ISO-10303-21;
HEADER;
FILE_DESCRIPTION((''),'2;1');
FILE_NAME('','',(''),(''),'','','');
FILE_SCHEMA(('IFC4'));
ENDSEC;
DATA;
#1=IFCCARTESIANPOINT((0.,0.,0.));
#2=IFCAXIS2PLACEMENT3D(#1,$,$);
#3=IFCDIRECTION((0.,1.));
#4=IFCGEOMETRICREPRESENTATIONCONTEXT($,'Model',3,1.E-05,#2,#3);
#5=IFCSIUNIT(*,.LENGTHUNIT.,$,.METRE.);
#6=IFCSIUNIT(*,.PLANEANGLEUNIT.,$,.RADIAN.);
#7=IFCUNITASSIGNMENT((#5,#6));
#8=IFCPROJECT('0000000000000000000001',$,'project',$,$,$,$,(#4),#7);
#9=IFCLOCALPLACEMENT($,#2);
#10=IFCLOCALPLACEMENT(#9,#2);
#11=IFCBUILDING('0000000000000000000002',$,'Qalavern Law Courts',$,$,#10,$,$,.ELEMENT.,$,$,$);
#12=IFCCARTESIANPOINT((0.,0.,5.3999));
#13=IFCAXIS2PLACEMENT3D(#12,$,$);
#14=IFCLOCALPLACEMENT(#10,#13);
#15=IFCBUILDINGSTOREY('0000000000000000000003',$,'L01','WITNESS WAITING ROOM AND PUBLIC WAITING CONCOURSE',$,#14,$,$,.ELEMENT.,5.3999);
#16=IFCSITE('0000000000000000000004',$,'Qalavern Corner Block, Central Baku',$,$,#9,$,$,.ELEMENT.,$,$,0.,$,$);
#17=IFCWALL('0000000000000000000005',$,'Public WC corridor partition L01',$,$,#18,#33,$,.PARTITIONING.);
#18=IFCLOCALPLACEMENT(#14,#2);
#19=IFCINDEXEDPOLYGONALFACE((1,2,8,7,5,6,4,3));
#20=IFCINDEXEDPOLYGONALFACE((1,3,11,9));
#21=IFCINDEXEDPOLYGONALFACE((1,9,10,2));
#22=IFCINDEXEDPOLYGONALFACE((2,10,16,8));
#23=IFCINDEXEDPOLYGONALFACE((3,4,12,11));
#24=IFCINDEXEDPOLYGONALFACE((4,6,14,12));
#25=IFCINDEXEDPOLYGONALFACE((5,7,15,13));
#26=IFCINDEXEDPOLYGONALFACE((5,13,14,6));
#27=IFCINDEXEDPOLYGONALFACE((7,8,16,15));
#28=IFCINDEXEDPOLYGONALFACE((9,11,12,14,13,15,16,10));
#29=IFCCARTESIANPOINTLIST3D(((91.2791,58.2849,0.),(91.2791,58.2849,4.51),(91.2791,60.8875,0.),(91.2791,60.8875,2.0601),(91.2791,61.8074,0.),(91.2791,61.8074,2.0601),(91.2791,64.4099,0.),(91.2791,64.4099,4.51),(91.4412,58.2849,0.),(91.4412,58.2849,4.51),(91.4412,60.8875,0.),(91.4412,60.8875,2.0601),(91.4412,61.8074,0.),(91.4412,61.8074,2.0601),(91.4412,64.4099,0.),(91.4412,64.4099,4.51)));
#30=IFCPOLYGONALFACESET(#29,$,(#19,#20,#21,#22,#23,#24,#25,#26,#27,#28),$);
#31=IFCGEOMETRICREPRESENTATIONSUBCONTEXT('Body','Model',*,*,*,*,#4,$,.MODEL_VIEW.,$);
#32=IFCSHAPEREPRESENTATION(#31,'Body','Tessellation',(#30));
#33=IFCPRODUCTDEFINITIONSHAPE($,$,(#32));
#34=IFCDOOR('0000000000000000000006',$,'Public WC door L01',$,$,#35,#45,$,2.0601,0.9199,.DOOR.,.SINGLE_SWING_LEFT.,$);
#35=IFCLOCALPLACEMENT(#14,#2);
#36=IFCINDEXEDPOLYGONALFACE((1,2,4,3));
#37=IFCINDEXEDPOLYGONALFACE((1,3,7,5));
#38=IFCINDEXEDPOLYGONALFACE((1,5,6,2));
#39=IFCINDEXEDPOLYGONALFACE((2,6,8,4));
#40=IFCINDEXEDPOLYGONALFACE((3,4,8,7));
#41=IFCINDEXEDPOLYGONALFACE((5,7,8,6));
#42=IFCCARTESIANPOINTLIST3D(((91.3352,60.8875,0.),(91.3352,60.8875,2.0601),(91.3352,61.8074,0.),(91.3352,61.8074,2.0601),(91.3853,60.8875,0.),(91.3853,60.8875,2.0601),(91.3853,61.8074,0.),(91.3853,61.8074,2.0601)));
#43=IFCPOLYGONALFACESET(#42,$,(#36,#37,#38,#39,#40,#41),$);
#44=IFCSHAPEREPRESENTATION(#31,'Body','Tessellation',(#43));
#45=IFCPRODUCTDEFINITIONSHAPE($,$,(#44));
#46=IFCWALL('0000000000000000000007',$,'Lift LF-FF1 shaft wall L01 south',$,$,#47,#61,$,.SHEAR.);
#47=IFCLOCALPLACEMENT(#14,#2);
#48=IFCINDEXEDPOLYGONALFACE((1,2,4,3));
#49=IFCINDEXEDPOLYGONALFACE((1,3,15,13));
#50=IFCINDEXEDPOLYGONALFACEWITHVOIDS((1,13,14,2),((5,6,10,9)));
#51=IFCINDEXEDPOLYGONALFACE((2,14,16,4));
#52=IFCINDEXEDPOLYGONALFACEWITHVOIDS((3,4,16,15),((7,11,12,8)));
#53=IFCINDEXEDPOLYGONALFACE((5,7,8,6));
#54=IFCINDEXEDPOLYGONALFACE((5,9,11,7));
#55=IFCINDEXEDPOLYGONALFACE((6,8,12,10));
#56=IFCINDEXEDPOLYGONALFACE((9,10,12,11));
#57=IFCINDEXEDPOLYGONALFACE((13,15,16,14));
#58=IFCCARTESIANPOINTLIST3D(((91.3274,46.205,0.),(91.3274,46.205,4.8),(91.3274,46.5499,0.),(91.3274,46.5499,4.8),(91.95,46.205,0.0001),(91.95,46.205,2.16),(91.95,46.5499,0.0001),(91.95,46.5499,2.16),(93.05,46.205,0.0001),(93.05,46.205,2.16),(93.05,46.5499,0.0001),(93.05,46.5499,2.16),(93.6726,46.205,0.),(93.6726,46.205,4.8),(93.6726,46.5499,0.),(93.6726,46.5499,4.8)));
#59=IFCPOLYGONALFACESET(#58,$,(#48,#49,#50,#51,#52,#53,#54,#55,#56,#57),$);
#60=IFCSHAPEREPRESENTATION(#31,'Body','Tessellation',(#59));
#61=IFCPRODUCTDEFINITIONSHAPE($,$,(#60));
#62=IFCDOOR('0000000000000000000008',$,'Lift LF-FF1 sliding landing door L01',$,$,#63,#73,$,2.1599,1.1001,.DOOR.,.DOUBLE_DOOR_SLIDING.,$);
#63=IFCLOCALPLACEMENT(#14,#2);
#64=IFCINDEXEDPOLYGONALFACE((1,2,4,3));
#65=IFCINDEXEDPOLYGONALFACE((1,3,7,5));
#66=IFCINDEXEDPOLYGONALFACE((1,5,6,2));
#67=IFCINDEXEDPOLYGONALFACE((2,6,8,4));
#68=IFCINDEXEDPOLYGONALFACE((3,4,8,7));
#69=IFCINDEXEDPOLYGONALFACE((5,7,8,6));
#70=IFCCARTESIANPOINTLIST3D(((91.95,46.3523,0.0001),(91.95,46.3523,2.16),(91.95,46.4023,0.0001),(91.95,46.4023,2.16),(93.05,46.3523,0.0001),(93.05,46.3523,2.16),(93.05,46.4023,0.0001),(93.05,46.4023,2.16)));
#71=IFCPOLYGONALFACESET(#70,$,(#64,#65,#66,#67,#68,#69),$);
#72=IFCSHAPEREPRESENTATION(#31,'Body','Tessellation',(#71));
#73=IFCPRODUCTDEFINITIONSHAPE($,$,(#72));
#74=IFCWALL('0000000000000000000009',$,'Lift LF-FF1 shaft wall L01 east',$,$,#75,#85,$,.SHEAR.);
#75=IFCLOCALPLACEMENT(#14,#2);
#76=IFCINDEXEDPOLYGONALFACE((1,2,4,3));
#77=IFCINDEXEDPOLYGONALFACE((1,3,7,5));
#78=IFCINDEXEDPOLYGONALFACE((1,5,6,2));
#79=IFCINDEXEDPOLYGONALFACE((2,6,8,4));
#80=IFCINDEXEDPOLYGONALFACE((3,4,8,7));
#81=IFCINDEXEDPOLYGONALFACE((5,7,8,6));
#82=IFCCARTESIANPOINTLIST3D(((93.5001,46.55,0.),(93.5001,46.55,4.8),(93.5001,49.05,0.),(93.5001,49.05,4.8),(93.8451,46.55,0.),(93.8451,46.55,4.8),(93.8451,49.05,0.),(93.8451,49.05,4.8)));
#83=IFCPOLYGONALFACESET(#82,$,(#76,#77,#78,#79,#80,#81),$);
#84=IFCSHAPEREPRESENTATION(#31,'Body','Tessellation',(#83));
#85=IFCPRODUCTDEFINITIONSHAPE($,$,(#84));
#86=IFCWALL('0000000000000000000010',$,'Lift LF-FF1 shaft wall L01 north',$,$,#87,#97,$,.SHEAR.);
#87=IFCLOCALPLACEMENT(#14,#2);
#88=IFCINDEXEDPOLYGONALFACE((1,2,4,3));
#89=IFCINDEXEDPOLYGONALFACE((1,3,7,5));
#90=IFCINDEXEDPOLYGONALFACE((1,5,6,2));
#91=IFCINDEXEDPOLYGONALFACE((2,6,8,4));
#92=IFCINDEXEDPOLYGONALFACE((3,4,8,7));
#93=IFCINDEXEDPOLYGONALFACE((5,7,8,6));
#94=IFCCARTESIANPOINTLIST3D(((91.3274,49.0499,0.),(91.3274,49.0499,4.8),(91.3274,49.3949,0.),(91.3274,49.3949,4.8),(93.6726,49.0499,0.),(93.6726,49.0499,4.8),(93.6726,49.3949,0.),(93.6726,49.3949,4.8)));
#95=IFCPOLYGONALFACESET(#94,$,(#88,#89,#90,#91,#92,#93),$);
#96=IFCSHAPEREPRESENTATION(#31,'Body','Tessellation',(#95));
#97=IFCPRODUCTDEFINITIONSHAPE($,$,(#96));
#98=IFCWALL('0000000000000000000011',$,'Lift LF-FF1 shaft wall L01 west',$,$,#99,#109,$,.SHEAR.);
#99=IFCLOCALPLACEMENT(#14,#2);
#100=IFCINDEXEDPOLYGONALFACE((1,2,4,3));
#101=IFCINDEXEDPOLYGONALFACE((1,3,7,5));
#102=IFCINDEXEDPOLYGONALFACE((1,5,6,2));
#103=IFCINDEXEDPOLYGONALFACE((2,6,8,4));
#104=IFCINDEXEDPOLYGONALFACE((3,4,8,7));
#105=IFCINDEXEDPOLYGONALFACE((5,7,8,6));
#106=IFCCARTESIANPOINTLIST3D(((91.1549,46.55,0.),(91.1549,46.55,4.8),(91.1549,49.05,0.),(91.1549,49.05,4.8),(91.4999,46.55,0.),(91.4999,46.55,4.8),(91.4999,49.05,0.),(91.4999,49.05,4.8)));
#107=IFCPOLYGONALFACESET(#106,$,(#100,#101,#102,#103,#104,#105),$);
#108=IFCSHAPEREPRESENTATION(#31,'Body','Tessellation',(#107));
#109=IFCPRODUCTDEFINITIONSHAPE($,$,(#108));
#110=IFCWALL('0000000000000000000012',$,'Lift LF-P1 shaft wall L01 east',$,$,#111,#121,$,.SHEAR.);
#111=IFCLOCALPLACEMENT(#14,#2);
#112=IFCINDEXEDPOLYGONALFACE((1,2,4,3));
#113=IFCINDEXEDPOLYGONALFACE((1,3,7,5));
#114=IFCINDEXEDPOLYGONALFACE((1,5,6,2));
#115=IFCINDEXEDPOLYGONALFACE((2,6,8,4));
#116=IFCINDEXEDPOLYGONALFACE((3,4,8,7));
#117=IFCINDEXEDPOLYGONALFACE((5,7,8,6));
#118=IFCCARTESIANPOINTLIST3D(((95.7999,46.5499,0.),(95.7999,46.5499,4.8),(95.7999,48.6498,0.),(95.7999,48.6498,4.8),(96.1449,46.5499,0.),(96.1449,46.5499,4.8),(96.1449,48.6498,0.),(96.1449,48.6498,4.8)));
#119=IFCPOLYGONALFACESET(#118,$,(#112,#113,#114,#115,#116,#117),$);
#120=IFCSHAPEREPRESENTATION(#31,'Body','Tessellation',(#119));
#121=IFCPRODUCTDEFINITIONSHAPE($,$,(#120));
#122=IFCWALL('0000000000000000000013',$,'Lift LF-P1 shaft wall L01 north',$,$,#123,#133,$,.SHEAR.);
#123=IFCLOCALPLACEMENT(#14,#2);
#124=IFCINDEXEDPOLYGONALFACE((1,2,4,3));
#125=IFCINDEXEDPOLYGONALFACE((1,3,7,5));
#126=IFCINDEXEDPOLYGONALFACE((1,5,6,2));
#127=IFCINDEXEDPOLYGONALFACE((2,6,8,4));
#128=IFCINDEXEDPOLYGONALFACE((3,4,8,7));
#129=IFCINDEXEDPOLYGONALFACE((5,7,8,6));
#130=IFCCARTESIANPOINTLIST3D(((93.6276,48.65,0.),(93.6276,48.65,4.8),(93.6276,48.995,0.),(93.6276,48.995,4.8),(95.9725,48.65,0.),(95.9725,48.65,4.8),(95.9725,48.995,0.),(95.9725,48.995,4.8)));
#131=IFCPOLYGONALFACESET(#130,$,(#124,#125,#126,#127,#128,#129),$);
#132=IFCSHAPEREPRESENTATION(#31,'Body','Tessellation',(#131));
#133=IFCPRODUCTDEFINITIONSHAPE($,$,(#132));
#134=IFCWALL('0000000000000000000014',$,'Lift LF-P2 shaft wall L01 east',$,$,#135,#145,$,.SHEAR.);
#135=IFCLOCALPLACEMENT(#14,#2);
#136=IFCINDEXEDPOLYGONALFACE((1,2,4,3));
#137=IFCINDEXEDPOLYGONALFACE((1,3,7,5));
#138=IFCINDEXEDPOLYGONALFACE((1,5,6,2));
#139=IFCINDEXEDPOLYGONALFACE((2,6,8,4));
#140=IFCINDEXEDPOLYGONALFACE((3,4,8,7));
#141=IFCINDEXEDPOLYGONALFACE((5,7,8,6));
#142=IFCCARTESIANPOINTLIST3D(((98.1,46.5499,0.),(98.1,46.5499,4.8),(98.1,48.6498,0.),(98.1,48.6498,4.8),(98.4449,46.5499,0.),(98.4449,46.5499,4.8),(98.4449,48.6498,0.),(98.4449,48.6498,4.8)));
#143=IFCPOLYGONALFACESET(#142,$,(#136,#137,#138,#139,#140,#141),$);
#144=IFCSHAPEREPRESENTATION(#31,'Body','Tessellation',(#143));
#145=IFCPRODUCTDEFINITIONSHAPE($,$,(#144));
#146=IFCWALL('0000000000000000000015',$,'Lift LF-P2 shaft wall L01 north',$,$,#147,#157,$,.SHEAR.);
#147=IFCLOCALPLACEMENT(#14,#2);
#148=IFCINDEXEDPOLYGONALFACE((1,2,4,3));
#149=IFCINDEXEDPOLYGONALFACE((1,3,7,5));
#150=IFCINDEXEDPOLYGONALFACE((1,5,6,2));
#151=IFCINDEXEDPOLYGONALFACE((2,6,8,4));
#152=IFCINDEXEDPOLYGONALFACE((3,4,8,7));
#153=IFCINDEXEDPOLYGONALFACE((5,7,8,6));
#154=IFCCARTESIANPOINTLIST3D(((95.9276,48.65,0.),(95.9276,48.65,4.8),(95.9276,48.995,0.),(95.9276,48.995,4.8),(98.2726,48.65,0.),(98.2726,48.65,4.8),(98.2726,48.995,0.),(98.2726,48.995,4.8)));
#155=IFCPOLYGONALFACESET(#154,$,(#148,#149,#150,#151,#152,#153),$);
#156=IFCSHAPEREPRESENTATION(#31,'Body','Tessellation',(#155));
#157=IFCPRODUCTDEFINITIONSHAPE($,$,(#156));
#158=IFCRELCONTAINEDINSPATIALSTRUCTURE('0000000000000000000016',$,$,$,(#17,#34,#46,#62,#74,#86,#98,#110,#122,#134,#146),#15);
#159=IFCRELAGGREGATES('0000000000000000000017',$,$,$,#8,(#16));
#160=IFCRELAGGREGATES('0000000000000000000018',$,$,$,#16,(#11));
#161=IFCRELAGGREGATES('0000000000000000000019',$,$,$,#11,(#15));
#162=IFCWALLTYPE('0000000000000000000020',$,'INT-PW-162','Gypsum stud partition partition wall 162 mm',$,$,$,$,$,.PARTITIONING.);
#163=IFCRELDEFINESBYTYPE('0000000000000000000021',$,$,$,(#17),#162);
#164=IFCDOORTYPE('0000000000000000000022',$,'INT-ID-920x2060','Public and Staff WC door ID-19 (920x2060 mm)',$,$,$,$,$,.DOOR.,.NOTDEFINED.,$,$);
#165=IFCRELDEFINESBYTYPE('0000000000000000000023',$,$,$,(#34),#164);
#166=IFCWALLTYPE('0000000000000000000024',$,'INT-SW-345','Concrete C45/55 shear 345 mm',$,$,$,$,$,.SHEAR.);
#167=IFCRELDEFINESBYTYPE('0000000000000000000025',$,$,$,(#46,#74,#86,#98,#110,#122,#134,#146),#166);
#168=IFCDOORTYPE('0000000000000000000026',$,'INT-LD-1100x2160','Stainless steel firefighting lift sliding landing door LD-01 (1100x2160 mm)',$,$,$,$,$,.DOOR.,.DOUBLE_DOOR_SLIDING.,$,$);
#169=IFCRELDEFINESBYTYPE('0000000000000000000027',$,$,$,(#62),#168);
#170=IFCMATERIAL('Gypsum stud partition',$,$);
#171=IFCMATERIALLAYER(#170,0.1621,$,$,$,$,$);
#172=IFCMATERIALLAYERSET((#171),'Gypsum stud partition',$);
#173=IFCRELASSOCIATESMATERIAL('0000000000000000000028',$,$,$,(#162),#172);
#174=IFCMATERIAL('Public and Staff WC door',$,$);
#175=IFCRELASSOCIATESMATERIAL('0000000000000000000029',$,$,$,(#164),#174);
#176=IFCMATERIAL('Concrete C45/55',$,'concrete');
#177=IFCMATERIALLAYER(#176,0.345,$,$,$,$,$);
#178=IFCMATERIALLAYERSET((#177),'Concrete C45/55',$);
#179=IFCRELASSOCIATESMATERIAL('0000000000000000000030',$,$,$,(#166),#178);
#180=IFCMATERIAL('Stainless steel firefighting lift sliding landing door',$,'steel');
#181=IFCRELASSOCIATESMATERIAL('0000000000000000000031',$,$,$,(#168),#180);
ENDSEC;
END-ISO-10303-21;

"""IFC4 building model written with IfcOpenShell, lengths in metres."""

from ifc_helpers import new_model, si_unit, direction, frame, frame_2d, origin, place, context, subcontext, project, spatial, rectangle, extrude, material, layer, layer_set, type_object, element, fill, save


model = new_model("IFC4")

# Units and contexts
model_context = context("Model", 3, precision=1e-05, world=origin(), true_north=direction((0.0, 1.0)))
body_context = subcontext(model_context, "Body", "Model", "MODEL_VIEW")
ifc_project = project(units=[si_unit("LENGTHUNIT", "METRE"), si_unit("PLANEANGLEUNIT", "RADIAN")], contexts=[model_context])

# Site, building, storey
site_placement = place(None, origin())
site = spatial("IfcSite", under=ifc_project, at=site_placement, Name="Qalavern Corner Block, Central Baku", CompositionType="ELEMENT", RefElevation=0.0)
building_placement = place(site_placement, origin())
building = spatial("IfcBuilding", under=site, at=building_placement, Name="Qalavern Law Courts", CompositionType="ELEMENT")
storey_placement = place(building_placement, frame((0.0, 0.0, 5.3999)))
storey = spatial("IfcBuildingStorey", under=building, at=storey_placement, Name="L01", Description="WITNESS WAITING ROOM AND PUBLIC WAITING CONCOURSE", CompositionType="ELEMENT", Elevation=5.3999)

# Shared definitions
ifc_material_1 = material(Name="Concrete C45/55", Category="concrete")

# Walls, openings, doors
ifc_material_2 = material(Name="Gypsum stud partition")
ifc_layer_1 = layer(ifc_material_2, 0.1621)
ifc_layer_set_1 = layer_set([ifc_layer_1], Name="Gypsum stud partition")
wall_type_1 = type_object("IfcWallType", Name="INT-PW-162", Description="Gypsum stud partition partition wall 162 mm", PredefinedType="PARTITIONING", material=ifc_layer_set_1)
wall_1_placement = place(storey_placement, frame((91.3601, 58.2849, 0.0), z_axis=(0.0, 0.0, 1.0), x_axis=(0.0, 1.0, 0.0)))
wall_1 = element("IfcWall", 1, at=wall_1_placement, inside=storey, type_object=wall_type_1, Name="Public WC corridor partition L01", PredefinedType="PARTITIONING", context=body_context, shape_type="SweptSolid", body=[
    extrude(rectangle(XDim=6.125, YDim=0.1621, at=frame_2d((3.0625, 0.0))), origin(), (0.0, 0.0, 1.0), 4.51),
])
opening_1_placement = place(wall_1_placement, frame((2.6025, 0.0, 0.0)))
opening_1 = element("IfcOpeningElement", 2, at=opening_1_placement, cuts=wall_1, PredefinedType="OPENING", context=body_context, shape_type="SweptSolid", body=[
    extrude(rectangle(XDim=0.9199, YDim=2.0601, at=frame_2d((0.46, 1.03))), frame((0.0, 0.0959, 0.0), z_axis=(0.0, -1.0, 0.0), x_axis=(1.0, 0.0, 0.0)), (0.0, 0.0, 1.0), 0.1919),
])
ifc_material_3 = material(Name="Public and Staff WC door")
door_type_1 = type_object("IfcDoorType", Name="INT-ID-920x2060", Description="Public and Staff WC door ID-19 (920x2060 mm)", OperationType="NOTDEFINED", PredefinedType="DOOR", material=ifc_material_3)
door_1_placement = place(opening_1_placement, origin())
door_1 = element("IfcDoor", 3, at=door_1_placement, inside=storey, type_object=door_type_1, Name="Public WC door L01", OperationType="SINGLE_SWING_LEFT", OverallHeight=2.0601, OverallWidth=0.9199, PredefinedType="DOOR", context=body_context, shape_type="SweptSolid", body=[
    extrude(rectangle(XDim=0.9199, YDim=2.0601, at=frame_2d((0.46, 1.03))), frame((0.0, 0.0249, 0.0), z_axis=(0.0, -1.0, 0.0), x_axis=(1.0, 0.0, 0.0)), (0.0, 0.0, 1.0), 0.05),
])
fill(opening_1, door_1)
ifc_layer_2 = layer(ifc_material_1, 0.345)
ifc_layer_set_2 = layer_set([ifc_layer_2], Name="Concrete C45/55")
wall_type_2 = type_object("IfcWallType", Name="INT-SW-345", Description="Concrete C45/55 shear 345 mm", PredefinedType="SHEAR", material=ifc_layer_set_2)
wall_2_placement = place(storey_placement, frame((91.3274, 46.3774, 0.0), z_axis=(0.0, 0.0, 1.0), x_axis=(1.0, 0.0, 0.0)))
wall_2 = element("IfcWall", 4, at=wall_2_placement, inside=storey, type_object=wall_type_2, Name="Lift LF-FF1 shaft wall L01 south", PredefinedType="SHEAR", context=body_context, shape_type="SweptSolid", body=[
    extrude(rectangle(XDim=2.3452, YDim=0.345, at=frame_2d((1.1726, 0.0))), origin(), (0.0, 0.0, 1.0), 4.8),
])
opening_2_placement = place(wall_2_placement, frame((0.6226, 0.0, 0.0)))
opening_2 = element("IfcOpeningElement", 5, at=opening_2_placement, cuts=wall_2, PredefinedType="OPENING", context=body_context, shape_type="SweptSolid", body=[
    extrude(rectangle(XDim=1.1001, YDim=2.1599, at=frame_2d((0.55, 1.0801))), frame((0.0, 0.1875, 0.0), z_axis=(0.0, -1.0, 0.0), x_axis=(1.0, 0.0, 0.0)), (0.0, 0.0, 1.0), 0.3748),
])
ifc_material_4 = material(Name="Stainless steel firefighting lift sliding landing door", Category="steel")
door_type_2 = type_object("IfcDoorType", Name="INT-LD-1100x2160", Description="Stainless steel firefighting lift sliding landing door LD-01 (1100x2160 mm)", OperationType="DOUBLE_DOOR_SLIDING", PredefinedType="DOOR", material=ifc_material_4)
door_2_placement = place(opening_2_placement, origin())
door_2 = element("IfcDoor", 6, at=door_2_placement, inside=storey, type_object=door_type_2, Name="Lift LF-FF1 sliding landing door L01", OperationType="DOUBLE_DOOR_SLIDING", OverallHeight=2.1599, OverallWidth=1.1001, PredefinedType="DOOR", context=body_context, shape_type="SweptSolid", body=[
    extrude(rectangle(XDim=1.1001, YDim=2.1599, at=frame_2d((0.55, 1.0801))), frame((0.0, 0.0249, 0.0), z_axis=(0.0, -1.0, 0.0), x_axis=(1.0, 0.0, 0.0)), (0.0, 0.0, 1.0), 0.05),
])
fill(opening_2, door_2)

# Walls
wall_3_placement = place(storey_placement, frame((93.6726, 46.55, 0.0), z_axis=(0.0, 0.0, 1.0), x_axis=(0.0, 1.0, 0.0)))
element("IfcWall", 7, at=wall_3_placement, inside=storey, type_object=wall_type_2, Name="Lift LF-FF1 shaft wall L01 east", PredefinedType="SHEAR", context=body_context, shape_type="SweptSolid", body=[
    extrude(rectangle(XDim=2.5, YDim=0.345, at=frame_2d((1.25, 0.0))), origin(), (0.0, 0.0, 1.0), 4.8),
])
wall_4_placement = place(storey_placement, frame((93.6726, 49.2224, 0.0), z_axis=(0.0, 0.0, 1.0), x_axis=(-1.0, 0.0, 0.0)))
element("IfcWall", 8, at=wall_4_placement, inside=storey, type_object=wall_type_2, Name="Lift LF-FF1 shaft wall L01 north", PredefinedType="SHEAR", context=body_context, shape_type="SweptSolid", body=[
    extrude(rectangle(XDim=2.3452, YDim=0.345, at=frame_2d((1.1726, 0.0))), origin(), (0.0, 0.0, 1.0), 4.8),
])
wall_5_placement = place(storey_placement, frame((91.3274, 49.05, 0.0), z_axis=(0.0, 0.0, 1.0), x_axis=(0.0, -1.0, 0.0)))
element("IfcWall", 9, at=wall_5_placement, inside=storey, type_object=wall_type_2, Name="Lift LF-FF1 shaft wall L01 west", PredefinedType="SHEAR", context=body_context, shape_type="SweptSolid", body=[
    extrude(rectangle(XDim=2.5, YDim=0.345, at=frame_2d((1.25, 0.0))), origin(), (0.0, 0.0, 1.0), 4.8),
])

# Walls
wall_6_placement = place(storey_placement, frame((95.9724, 46.55, 0.0), z_axis=(0.0, 0.0, 1.0), x_axis=(0.0, 1.0, 0.0)))
element("IfcWall", 10, at=wall_6_placement, inside=storey, type_object=wall_type_2, Name="Lift LF-P1 shaft wall L01 east", PredefinedType="SHEAR", context=body_context, shape_type="SweptSolid", body=[
    extrude(rectangle(XDim=2.0999, YDim=0.345, at=frame_2d((1.0498, 0.0))), origin(), (0.0, 0.0, 1.0), 4.8),
])
wall_7_placement = place(storey_placement, frame((95.9724, 48.8225, 0.0), z_axis=(0.0, 0.0, 1.0), x_axis=(-1.0, 0.0, 0.0)))
element("IfcWall", 11, at=wall_7_placement, inside=storey, type_object=wall_type_2, Name="Lift LF-P1 shaft wall L01 north", PredefinedType="SHEAR", context=body_context, shape_type="SweptSolid", body=[
    extrude(rectangle(XDim=2.345, YDim=0.345, at=frame_2d((1.1724, 0.0))), origin(), (0.0, 0.0, 1.0), 4.8),
])

# Walls
wall_8_placement = place(storey_placement, frame((98.2725, 46.55, 0.0), z_axis=(0.0, 0.0, 1.0), x_axis=(0.0, 1.0, 0.0)))
element("IfcWall", 12, at=wall_8_placement, inside=storey, type_object=wall_type_2, Name="Lift LF-P2 shaft wall L01 east", PredefinedType="SHEAR", context=body_context, shape_type="SweptSolid", body=[
    extrude(rectangle(XDim=2.0999, YDim=0.345, at=frame_2d((1.0498, 0.0))), origin(), (0.0, 0.0, 1.0), 4.8),
])
wall_9_placement = place(storey_placement, frame((98.2725, 48.8225, 0.0), z_axis=(0.0, 0.0, 1.0), x_axis=(-1.0, 0.0, 0.0)))
element("IfcWall", 13, at=wall_9_placement, inside=storey, type_object=wall_type_2, Name="Lift LF-P2 shaft wall L01 north", PredefinedType="SHEAR", context=body_context, shape_type="SweptSolid", body=[
    extrude(rectangle(XDim=2.345, YDim=0.345, at=frame_2d((1.1724, 0.0))), origin(), (0.0, 0.0, 1.0), 4.8),
])

save(model, "model.ifc")
